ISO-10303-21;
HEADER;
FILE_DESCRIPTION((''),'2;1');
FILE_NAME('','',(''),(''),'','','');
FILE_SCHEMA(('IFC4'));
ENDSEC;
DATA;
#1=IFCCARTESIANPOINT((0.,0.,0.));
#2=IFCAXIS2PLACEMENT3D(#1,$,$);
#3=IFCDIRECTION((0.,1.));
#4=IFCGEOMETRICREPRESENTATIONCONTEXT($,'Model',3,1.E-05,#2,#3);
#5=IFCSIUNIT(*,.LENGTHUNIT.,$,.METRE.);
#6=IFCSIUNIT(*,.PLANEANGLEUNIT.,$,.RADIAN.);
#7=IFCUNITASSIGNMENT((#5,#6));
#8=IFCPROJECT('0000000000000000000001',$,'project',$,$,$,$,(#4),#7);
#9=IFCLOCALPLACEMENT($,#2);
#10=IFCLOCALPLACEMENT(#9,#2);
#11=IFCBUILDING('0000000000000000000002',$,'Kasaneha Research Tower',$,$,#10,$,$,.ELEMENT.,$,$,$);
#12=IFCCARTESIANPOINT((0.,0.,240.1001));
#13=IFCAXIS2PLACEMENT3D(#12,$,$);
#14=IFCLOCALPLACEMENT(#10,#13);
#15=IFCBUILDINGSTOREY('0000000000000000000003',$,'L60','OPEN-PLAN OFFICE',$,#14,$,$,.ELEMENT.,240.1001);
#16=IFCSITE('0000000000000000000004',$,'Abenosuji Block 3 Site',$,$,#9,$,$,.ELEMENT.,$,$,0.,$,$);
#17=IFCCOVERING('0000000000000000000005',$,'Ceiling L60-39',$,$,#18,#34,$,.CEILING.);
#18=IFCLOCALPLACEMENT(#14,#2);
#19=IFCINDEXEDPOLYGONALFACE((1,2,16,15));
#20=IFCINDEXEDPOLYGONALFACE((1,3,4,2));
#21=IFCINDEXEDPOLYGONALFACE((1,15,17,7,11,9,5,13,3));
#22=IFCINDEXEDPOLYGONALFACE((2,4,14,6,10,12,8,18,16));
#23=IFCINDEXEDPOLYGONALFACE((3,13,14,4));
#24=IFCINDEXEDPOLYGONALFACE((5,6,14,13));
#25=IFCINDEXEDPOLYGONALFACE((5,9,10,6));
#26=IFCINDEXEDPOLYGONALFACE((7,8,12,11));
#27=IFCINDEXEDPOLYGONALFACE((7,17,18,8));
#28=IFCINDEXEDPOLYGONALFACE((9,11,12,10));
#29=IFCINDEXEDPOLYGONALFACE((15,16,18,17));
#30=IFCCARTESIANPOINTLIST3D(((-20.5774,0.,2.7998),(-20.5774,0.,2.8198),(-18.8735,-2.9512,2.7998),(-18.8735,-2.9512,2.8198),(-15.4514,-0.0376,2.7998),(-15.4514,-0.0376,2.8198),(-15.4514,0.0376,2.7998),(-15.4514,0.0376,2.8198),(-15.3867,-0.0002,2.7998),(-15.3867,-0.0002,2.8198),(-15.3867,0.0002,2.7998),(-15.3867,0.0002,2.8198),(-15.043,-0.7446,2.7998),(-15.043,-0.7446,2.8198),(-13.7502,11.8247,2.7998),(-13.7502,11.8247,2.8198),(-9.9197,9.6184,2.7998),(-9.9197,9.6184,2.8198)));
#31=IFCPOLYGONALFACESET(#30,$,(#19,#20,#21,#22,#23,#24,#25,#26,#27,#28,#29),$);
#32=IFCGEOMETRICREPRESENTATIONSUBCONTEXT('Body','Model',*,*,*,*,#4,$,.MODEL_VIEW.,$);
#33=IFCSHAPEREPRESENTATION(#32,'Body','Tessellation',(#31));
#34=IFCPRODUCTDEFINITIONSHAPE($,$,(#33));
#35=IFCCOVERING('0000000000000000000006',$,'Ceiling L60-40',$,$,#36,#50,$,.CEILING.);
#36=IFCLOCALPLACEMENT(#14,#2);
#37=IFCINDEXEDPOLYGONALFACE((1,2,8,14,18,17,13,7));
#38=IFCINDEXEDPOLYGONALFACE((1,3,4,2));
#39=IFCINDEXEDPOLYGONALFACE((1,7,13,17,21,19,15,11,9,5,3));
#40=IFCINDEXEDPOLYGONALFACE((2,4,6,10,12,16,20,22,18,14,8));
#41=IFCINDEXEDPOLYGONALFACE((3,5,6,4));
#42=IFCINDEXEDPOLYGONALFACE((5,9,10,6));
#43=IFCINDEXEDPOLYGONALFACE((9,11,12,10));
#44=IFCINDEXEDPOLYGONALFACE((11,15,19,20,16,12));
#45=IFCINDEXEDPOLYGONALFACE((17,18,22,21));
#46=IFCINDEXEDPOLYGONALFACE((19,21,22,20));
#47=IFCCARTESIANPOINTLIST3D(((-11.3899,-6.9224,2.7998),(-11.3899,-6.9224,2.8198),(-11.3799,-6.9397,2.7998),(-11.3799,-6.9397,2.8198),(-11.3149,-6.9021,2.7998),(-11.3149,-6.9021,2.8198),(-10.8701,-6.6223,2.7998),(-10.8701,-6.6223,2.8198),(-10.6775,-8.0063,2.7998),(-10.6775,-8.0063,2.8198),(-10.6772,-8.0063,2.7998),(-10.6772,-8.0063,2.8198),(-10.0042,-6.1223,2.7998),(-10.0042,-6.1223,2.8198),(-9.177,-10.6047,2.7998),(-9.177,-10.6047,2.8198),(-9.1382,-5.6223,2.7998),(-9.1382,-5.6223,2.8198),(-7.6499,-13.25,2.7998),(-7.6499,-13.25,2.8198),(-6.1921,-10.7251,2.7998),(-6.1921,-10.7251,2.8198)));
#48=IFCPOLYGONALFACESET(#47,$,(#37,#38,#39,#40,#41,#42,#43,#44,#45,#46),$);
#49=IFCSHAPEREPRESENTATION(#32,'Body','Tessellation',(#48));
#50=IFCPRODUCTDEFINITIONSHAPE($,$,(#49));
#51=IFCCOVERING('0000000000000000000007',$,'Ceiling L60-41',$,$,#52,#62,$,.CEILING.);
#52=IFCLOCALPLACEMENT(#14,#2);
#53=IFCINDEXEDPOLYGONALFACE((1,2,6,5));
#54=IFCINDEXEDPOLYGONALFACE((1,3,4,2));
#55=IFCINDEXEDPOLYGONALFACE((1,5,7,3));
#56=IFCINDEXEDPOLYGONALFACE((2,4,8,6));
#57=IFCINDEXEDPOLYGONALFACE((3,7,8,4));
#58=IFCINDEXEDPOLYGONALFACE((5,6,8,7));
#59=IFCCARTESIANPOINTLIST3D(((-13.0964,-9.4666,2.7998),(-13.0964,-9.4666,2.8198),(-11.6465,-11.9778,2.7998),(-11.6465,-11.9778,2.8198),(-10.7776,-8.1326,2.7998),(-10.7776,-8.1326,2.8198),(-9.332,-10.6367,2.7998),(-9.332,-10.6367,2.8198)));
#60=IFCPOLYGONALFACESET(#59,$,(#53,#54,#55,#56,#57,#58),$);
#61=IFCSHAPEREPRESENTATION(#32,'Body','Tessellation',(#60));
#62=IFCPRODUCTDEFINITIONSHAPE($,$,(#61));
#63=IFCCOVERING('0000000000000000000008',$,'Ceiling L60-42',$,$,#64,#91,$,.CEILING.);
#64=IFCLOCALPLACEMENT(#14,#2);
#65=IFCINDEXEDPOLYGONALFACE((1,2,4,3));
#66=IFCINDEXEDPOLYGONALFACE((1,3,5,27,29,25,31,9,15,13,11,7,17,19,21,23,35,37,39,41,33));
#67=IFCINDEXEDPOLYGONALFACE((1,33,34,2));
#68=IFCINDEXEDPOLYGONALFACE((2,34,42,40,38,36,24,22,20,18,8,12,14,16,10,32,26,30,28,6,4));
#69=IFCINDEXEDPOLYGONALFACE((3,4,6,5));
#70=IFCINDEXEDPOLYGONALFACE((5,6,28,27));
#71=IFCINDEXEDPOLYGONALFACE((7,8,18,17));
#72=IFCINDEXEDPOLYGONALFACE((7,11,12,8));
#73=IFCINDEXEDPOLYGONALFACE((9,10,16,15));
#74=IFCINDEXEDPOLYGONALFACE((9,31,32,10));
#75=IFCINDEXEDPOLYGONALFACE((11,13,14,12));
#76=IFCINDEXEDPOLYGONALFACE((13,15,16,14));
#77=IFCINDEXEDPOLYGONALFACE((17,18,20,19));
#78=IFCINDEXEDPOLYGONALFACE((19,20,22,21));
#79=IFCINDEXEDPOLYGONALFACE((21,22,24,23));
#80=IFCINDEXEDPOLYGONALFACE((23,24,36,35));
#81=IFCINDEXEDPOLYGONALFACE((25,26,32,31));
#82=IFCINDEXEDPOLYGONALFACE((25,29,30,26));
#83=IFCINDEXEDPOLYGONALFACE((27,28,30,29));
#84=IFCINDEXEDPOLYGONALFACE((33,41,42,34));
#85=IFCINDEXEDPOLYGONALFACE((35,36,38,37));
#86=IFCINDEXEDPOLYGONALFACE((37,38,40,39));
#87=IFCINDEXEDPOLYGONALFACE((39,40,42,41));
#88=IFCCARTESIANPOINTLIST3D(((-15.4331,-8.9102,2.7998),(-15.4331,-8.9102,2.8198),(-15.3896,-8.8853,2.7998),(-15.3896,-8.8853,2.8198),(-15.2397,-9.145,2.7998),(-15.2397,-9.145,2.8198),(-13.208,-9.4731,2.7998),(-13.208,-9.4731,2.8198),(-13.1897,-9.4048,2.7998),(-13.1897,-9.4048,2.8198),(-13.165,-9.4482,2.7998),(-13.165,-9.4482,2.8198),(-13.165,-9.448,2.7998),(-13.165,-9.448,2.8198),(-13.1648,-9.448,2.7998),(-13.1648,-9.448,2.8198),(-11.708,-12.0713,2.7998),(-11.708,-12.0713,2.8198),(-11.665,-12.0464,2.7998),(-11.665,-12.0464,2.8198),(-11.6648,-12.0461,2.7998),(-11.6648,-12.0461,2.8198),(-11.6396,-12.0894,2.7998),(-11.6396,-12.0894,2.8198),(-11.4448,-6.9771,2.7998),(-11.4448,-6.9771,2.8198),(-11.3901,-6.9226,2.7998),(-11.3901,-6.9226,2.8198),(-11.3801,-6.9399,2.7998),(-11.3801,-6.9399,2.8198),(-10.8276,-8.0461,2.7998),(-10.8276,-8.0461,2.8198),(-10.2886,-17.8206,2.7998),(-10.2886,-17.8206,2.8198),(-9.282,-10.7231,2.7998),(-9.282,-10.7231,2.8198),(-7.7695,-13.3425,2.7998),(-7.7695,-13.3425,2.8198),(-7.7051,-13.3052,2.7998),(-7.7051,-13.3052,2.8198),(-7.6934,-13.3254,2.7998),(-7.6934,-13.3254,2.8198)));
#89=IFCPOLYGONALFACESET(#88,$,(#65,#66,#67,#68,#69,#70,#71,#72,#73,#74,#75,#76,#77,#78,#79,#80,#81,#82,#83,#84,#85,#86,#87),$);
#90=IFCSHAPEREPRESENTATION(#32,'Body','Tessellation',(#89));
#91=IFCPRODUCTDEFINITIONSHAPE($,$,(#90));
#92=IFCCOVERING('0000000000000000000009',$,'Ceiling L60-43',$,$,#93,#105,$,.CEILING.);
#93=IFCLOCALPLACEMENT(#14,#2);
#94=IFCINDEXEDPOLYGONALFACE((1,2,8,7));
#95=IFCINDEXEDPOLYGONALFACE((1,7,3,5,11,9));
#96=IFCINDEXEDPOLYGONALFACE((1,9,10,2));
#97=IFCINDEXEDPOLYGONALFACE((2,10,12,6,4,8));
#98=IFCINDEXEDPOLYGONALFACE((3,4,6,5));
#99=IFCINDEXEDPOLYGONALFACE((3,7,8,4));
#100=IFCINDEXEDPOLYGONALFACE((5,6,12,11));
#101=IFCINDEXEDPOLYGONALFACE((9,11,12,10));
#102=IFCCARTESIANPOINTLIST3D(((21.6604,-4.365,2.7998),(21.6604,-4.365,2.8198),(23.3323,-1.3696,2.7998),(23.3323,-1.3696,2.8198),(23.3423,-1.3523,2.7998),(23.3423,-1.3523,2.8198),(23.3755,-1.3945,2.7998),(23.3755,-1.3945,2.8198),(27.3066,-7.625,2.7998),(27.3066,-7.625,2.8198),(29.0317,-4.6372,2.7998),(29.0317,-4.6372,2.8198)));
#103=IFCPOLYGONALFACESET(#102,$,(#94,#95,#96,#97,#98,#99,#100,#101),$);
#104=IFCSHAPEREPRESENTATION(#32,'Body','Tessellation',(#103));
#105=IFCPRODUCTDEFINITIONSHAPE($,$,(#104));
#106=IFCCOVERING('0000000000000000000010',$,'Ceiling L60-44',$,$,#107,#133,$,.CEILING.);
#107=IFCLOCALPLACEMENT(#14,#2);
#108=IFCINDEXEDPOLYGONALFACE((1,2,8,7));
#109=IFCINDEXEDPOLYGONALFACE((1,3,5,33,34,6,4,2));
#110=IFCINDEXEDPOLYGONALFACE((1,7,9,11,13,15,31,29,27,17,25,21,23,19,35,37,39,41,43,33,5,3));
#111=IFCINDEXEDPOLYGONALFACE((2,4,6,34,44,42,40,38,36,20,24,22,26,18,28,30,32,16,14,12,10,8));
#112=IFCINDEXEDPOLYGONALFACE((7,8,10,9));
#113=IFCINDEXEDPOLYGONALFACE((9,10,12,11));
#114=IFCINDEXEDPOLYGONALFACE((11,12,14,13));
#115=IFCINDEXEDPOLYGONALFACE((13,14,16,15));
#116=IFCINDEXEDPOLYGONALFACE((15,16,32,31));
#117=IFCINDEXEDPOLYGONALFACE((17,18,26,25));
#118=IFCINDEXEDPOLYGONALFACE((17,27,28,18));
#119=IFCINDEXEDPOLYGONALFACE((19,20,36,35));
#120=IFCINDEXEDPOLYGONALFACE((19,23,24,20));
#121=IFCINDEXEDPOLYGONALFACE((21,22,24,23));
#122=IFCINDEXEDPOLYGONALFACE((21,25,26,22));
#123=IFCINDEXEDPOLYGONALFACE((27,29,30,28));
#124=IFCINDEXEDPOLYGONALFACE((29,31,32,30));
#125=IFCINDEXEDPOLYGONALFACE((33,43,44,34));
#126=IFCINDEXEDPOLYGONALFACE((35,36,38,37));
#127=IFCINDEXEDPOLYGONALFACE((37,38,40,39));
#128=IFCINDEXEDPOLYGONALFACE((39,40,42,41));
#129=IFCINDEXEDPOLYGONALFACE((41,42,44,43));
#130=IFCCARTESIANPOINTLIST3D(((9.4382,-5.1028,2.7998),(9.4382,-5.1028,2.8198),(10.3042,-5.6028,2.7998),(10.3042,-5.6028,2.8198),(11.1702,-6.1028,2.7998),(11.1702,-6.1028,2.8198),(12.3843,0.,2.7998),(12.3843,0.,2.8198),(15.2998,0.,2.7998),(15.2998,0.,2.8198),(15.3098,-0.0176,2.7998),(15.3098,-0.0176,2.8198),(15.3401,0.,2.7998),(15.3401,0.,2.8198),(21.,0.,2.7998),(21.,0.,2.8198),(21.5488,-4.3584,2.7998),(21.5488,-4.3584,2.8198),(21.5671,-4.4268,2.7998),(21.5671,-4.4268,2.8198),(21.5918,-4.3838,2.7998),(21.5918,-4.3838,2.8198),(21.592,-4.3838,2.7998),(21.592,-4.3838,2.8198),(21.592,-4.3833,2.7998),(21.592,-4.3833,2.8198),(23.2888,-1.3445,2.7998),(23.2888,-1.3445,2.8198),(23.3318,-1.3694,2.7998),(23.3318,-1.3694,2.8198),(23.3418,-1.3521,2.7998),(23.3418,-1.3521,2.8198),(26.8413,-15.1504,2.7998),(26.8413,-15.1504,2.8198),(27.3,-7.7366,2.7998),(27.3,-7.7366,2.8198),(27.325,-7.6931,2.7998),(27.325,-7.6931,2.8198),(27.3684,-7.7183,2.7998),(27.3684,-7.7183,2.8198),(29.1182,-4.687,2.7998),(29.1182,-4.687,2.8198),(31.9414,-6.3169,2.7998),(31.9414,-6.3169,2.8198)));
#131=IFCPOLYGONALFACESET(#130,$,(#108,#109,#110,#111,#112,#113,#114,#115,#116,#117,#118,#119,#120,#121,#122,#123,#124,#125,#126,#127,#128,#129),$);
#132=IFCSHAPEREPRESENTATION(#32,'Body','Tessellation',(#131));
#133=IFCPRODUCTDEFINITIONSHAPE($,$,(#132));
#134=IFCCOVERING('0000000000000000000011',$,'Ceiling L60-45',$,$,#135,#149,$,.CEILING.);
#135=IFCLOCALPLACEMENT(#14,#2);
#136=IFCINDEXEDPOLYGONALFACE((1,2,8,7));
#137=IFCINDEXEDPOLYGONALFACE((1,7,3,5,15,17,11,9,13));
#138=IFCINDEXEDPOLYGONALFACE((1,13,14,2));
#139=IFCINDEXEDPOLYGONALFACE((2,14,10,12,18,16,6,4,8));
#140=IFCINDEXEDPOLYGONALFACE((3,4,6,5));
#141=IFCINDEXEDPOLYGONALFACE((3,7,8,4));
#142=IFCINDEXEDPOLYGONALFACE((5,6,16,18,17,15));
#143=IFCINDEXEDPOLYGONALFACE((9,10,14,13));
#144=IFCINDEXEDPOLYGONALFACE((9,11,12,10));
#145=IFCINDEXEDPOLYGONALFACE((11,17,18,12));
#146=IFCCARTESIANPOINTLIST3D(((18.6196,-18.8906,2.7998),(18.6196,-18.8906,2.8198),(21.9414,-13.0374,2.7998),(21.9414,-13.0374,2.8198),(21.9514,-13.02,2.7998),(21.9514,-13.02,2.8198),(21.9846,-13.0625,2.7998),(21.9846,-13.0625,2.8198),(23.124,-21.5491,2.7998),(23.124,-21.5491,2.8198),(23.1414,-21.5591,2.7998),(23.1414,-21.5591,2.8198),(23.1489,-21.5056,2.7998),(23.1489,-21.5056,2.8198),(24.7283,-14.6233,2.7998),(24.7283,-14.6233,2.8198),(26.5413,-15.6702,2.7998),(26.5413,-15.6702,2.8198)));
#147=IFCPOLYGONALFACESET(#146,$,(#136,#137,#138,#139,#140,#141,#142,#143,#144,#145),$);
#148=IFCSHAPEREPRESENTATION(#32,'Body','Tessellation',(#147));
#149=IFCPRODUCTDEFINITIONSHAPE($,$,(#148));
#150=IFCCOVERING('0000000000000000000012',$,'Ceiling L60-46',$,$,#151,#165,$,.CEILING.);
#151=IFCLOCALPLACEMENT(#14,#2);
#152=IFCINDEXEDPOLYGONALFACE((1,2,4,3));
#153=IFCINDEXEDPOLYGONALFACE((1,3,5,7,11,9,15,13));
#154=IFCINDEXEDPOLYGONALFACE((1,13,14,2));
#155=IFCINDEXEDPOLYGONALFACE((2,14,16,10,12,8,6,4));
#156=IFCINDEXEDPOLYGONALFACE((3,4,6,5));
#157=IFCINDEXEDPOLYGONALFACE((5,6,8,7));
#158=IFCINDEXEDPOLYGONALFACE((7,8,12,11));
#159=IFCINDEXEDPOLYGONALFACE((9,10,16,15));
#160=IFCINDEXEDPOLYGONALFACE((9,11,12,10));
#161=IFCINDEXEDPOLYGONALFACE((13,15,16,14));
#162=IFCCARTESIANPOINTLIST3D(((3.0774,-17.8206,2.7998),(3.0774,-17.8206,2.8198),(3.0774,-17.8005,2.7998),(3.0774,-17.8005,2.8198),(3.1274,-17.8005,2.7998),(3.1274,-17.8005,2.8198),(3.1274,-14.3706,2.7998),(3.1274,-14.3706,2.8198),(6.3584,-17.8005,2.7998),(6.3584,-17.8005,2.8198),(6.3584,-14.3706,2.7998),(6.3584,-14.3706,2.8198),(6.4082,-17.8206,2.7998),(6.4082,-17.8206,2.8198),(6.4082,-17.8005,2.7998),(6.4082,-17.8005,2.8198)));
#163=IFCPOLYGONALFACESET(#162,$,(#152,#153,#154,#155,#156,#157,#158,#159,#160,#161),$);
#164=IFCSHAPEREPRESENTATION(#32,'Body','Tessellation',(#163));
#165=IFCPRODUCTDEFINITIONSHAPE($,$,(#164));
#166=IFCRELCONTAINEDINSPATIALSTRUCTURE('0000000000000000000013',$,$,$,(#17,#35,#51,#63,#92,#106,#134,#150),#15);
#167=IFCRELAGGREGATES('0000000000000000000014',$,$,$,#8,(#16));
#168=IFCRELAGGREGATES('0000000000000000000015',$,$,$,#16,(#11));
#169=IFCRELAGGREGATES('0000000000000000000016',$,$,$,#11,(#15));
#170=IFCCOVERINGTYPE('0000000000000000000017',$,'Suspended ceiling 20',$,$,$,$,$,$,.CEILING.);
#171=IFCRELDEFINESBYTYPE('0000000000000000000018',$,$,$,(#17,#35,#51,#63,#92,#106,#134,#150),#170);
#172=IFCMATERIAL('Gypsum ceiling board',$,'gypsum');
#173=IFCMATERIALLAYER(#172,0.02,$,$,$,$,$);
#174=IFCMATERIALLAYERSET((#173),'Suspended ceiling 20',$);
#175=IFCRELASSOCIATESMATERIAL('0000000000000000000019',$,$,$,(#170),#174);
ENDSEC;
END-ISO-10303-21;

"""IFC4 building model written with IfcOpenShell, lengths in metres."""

from ifc_helpers import new_model, si_unit, direction, frame, origin, place, context, subcontext, project, spatial, polyline, outline, extrude, material, layer, layer_set, type_object, element, save


model = new_model("IFC4")

# Units and contexts
model_context = context("Model", 3, precision=1e-05, world=origin(), true_north=direction((0.0, 1.0)))
body_context = subcontext(model_context, "Body", "Model", "MODEL_VIEW")
ifc_project = project(units=[si_unit("LENGTHUNIT", "METRE"), si_unit("PLANEANGLEUNIT", "RADIAN")], contexts=[model_context])

# Site, building, storey
site_placement = place(None, origin())
site = spatial("IfcSite", under=ifc_project, at=site_placement, Name="Abenosuji Block 3 Site", CompositionType="ELEMENT", RefElevation=0.0)
building_placement = place(site_placement, origin())
building = spatial("IfcBuilding", under=site, at=building_placement, Name="Kasaneha Research Tower", CompositionType="ELEMENT")
storey_placement = place(building_placement, frame((0.0, 0.0, 240.1001)))
storey = spatial("IfcBuildingStorey", under=building, at=storey_placement, Name="L60", Description="OPEN-PLAN OFFICE", CompositionType="ELEMENT", Elevation=240.1001)

# Coverings
ifc_material_1 = material(Name="Gypsum ceiling board", Category="gypsum")
ifc_layer_1 = layer(ifc_material_1, 0.02)
ifc_layer_set_1 = layer_set([ifc_layer_1], Name="Suspended ceiling 20")
covering_type_1 = type_object("IfcCoveringType", Name="Suspended ceiling 20", PredefinedType="CEILING", material=ifc_layer_set_1)
covering_1_placement = place(storey_placement, frame((0.0, 0.0, 2.7998)))
element("IfcCovering", 1, at=covering_1_placement, inside=storey, type_object=covering_type_1, Name="Ceiling L60-39", PredefinedType="CEILING", context=body_context, shape_type="SweptSolid", body=[
    extrude(outline(polyline([(-15.3867, 0.0002), (-15.3867, -0.0002), (-15.4514, -0.0376), (-15.043, -0.7446), (-18.8735, -2.9512), (-20.5774, 0.0), (-13.7502, 11.8247), (-9.9197, 9.6184), (-15.4514, 0.0376), (-15.3867, 0.0002), (-15.3867, 0.0002)])), origin(), (0.0, 0.0, 1.0), 0.02),
])
covering_2_placement = place(storey_placement, frame((0.0, 0.0, 2.7998)))
element("IfcCovering", 2, at=covering_2_placement, inside=storey, type_object=covering_type_1, Name="Ceiling L60-40", PredefinedType="CEILING", context=body_context, shape_type="SweptSolid", body=[
    extrude(outline(polyline([(-10.8701, -6.6223), (-10.0042, -6.1223), (-10.0042, -6.1223), (-9.1382, -5.6223), (-6.1921, -10.7251), (-7.6499, -13.25), (-9.177, -10.6047), (-9.177, -10.6047), (-10.6772, -8.0063), (-10.6775, -8.0063), (-11.3149, -6.9021), (-11.3799, -6.9397), (-11.3899, -6.9224), (-10.8701, -6.6223), (-10.8701, -6.6223)])), origin(), (0.0, 0.0, 1.0), 0.02),
])
covering_3_placement = place(storey_placement, frame((0.0, 0.0, 2.7998)))
element("IfcCovering", 3, at=covering_3_placement, inside=storey, type_object=covering_type_1, Name="Ceiling L60-41", PredefinedType="CEILING", context=body_context, shape_type="SweptSolid", body=[
    extrude(outline(polyline([(-13.0964, -9.4666), (-10.7776, -8.1326), (-9.332, -10.6367), (-11.6465, -11.9778), (-13.0964, -9.4666)])), origin(), (0.0, 0.0, 1.0), 0.02),
])
covering_4_placement = place(storey_placement, frame((0.0, 0.0, 2.7998)))
element("IfcCovering", 4, at=covering_4_placement, inside=storey, type_object=covering_type_1, Name="Ceiling L60-42", PredefinedType="CEILING", context=body_context, shape_type="SweptSolid", body=[
    extrude(outline(polyline([(-11.3801, -6.9399), (-11.4448, -6.9771), (-10.8276, -8.0461), (-13.1897, -9.4048), (-13.1648, -9.448), (-13.165, -9.448), (-13.165, -9.4482), (-13.208, -9.4731), (-11.708, -12.0713), (-11.665, -12.0464), (-11.665, -12.0464), (-11.6648, -12.0461), (-11.6396, -12.0894), (-9.282, -10.7231), (-7.7695, -13.3425), (-7.7051, -13.3052), (-7.6934, -13.3254), (-10.2886, -17.8206), (-15.4331, -8.9102), (-15.3896, -8.8853), (-15.2397, -9.145), (-15.2397, -9.145), (-15.2397, -9.145), (-11.3901, -6.9226), (-11.3801, -6.9399)])), origin(), (0.0, 0.0, 1.0), 0.02),
])
covering_5_placement = place(storey_placement, frame((0.0, 0.0, 2.7998)))
element("IfcCovering", 5, at=covering_5_placement, inside=storey, type_object=covering_type_1, Name="Ceiling L60-43", PredefinedType="CEILING", context=body_context, shape_type="SweptSolid", body=[
    extrude(outline(polyline([(29.0317, -4.6372), (27.3066, -7.625), (21.6604, -4.365), (23.3755, -1.3945), (23.3323, -1.3696), (23.3423, -1.3523), (29.0317, -4.6372)])), origin(), (0.0, 0.0, 1.0), 0.02),
])
covering_6_placement = place(storey_placement, frame((0.0, 0.0, 2.7998)))
element("IfcCovering", 6, at=covering_6_placement, inside=storey, type_object=covering_type_1, Name="Ceiling L60-44", PredefinedType="CEILING", context=body_context, shape_type="SweptSolid", body=[
    extrude(outline(polyline([(10.3042, -5.6028), (10.3042, -5.6028), (9.4382, -5.1028), (12.3843, 0.0), (15.2998, 0.0), (15.3098, -0.0176), (15.3401, 0.0), (21.0, 0.0), (23.3418, -1.3521), (23.3318, -1.3694), (23.2888, -1.3445), (21.5488, -4.3584), (21.592, -4.3833), (21.5918, -4.3838), (21.592, -4.3838), (21.5671, -4.4268), (27.3, -7.7366), (27.325, -7.6931), (27.3684, -7.7183), (29.1182, -4.687), (31.9414, -6.3169), (26.8413, -15.1504), (11.1702, -6.1028), (11.1702, -6.1028), (10.3042, -5.6028)])), origin(), (0.0, 0.0, 1.0), 0.02),
])
covering_7_placement = place(storey_placement, frame((0.0, 0.0, 2.7998)))
element("IfcCovering", 7, at=covering_7_placement, inside=storey, type_object=covering_type_1, Name="Ceiling L60-45", PredefinedType="CEILING", context=body_context, shape_type="SweptSolid", body=[
    extrude(outline(polyline([(23.1414, -21.5591), (23.124, -21.5491), (23.1489, -21.5056), (18.6196, -18.8906), (21.9846, -13.0625), (21.9414, -13.0374), (21.9514, -13.02), (24.7283, -14.6233), (26.5413, -15.6702), (23.1414, -21.5591)])), origin(), (0.0, 0.0, 1.0), 0.02),
])
covering_8_placement = place(storey_placement, frame((0.0, 0.0, 2.7998)))
element("IfcCovering", 8, at=covering_8_placement, inside=storey, type_object=covering_type_1, Name="Ceiling L60-46", PredefinedType="CEILING", context=body_context, shape_type="SweptSolid", body=[
    extrude(outline(polyline([(3.0774, -17.8206), (3.0774, -17.8005), (3.1274, -17.8005), (3.1274, -14.3706), (6.3584, -14.3706), (6.3584, -17.8005), (6.4082, -17.8005), (6.4082, -17.8206), (3.0774, -17.8206)])), origin(), (0.0, 0.0, 1.0), 0.02),
])

save(model, "model.ifc")
